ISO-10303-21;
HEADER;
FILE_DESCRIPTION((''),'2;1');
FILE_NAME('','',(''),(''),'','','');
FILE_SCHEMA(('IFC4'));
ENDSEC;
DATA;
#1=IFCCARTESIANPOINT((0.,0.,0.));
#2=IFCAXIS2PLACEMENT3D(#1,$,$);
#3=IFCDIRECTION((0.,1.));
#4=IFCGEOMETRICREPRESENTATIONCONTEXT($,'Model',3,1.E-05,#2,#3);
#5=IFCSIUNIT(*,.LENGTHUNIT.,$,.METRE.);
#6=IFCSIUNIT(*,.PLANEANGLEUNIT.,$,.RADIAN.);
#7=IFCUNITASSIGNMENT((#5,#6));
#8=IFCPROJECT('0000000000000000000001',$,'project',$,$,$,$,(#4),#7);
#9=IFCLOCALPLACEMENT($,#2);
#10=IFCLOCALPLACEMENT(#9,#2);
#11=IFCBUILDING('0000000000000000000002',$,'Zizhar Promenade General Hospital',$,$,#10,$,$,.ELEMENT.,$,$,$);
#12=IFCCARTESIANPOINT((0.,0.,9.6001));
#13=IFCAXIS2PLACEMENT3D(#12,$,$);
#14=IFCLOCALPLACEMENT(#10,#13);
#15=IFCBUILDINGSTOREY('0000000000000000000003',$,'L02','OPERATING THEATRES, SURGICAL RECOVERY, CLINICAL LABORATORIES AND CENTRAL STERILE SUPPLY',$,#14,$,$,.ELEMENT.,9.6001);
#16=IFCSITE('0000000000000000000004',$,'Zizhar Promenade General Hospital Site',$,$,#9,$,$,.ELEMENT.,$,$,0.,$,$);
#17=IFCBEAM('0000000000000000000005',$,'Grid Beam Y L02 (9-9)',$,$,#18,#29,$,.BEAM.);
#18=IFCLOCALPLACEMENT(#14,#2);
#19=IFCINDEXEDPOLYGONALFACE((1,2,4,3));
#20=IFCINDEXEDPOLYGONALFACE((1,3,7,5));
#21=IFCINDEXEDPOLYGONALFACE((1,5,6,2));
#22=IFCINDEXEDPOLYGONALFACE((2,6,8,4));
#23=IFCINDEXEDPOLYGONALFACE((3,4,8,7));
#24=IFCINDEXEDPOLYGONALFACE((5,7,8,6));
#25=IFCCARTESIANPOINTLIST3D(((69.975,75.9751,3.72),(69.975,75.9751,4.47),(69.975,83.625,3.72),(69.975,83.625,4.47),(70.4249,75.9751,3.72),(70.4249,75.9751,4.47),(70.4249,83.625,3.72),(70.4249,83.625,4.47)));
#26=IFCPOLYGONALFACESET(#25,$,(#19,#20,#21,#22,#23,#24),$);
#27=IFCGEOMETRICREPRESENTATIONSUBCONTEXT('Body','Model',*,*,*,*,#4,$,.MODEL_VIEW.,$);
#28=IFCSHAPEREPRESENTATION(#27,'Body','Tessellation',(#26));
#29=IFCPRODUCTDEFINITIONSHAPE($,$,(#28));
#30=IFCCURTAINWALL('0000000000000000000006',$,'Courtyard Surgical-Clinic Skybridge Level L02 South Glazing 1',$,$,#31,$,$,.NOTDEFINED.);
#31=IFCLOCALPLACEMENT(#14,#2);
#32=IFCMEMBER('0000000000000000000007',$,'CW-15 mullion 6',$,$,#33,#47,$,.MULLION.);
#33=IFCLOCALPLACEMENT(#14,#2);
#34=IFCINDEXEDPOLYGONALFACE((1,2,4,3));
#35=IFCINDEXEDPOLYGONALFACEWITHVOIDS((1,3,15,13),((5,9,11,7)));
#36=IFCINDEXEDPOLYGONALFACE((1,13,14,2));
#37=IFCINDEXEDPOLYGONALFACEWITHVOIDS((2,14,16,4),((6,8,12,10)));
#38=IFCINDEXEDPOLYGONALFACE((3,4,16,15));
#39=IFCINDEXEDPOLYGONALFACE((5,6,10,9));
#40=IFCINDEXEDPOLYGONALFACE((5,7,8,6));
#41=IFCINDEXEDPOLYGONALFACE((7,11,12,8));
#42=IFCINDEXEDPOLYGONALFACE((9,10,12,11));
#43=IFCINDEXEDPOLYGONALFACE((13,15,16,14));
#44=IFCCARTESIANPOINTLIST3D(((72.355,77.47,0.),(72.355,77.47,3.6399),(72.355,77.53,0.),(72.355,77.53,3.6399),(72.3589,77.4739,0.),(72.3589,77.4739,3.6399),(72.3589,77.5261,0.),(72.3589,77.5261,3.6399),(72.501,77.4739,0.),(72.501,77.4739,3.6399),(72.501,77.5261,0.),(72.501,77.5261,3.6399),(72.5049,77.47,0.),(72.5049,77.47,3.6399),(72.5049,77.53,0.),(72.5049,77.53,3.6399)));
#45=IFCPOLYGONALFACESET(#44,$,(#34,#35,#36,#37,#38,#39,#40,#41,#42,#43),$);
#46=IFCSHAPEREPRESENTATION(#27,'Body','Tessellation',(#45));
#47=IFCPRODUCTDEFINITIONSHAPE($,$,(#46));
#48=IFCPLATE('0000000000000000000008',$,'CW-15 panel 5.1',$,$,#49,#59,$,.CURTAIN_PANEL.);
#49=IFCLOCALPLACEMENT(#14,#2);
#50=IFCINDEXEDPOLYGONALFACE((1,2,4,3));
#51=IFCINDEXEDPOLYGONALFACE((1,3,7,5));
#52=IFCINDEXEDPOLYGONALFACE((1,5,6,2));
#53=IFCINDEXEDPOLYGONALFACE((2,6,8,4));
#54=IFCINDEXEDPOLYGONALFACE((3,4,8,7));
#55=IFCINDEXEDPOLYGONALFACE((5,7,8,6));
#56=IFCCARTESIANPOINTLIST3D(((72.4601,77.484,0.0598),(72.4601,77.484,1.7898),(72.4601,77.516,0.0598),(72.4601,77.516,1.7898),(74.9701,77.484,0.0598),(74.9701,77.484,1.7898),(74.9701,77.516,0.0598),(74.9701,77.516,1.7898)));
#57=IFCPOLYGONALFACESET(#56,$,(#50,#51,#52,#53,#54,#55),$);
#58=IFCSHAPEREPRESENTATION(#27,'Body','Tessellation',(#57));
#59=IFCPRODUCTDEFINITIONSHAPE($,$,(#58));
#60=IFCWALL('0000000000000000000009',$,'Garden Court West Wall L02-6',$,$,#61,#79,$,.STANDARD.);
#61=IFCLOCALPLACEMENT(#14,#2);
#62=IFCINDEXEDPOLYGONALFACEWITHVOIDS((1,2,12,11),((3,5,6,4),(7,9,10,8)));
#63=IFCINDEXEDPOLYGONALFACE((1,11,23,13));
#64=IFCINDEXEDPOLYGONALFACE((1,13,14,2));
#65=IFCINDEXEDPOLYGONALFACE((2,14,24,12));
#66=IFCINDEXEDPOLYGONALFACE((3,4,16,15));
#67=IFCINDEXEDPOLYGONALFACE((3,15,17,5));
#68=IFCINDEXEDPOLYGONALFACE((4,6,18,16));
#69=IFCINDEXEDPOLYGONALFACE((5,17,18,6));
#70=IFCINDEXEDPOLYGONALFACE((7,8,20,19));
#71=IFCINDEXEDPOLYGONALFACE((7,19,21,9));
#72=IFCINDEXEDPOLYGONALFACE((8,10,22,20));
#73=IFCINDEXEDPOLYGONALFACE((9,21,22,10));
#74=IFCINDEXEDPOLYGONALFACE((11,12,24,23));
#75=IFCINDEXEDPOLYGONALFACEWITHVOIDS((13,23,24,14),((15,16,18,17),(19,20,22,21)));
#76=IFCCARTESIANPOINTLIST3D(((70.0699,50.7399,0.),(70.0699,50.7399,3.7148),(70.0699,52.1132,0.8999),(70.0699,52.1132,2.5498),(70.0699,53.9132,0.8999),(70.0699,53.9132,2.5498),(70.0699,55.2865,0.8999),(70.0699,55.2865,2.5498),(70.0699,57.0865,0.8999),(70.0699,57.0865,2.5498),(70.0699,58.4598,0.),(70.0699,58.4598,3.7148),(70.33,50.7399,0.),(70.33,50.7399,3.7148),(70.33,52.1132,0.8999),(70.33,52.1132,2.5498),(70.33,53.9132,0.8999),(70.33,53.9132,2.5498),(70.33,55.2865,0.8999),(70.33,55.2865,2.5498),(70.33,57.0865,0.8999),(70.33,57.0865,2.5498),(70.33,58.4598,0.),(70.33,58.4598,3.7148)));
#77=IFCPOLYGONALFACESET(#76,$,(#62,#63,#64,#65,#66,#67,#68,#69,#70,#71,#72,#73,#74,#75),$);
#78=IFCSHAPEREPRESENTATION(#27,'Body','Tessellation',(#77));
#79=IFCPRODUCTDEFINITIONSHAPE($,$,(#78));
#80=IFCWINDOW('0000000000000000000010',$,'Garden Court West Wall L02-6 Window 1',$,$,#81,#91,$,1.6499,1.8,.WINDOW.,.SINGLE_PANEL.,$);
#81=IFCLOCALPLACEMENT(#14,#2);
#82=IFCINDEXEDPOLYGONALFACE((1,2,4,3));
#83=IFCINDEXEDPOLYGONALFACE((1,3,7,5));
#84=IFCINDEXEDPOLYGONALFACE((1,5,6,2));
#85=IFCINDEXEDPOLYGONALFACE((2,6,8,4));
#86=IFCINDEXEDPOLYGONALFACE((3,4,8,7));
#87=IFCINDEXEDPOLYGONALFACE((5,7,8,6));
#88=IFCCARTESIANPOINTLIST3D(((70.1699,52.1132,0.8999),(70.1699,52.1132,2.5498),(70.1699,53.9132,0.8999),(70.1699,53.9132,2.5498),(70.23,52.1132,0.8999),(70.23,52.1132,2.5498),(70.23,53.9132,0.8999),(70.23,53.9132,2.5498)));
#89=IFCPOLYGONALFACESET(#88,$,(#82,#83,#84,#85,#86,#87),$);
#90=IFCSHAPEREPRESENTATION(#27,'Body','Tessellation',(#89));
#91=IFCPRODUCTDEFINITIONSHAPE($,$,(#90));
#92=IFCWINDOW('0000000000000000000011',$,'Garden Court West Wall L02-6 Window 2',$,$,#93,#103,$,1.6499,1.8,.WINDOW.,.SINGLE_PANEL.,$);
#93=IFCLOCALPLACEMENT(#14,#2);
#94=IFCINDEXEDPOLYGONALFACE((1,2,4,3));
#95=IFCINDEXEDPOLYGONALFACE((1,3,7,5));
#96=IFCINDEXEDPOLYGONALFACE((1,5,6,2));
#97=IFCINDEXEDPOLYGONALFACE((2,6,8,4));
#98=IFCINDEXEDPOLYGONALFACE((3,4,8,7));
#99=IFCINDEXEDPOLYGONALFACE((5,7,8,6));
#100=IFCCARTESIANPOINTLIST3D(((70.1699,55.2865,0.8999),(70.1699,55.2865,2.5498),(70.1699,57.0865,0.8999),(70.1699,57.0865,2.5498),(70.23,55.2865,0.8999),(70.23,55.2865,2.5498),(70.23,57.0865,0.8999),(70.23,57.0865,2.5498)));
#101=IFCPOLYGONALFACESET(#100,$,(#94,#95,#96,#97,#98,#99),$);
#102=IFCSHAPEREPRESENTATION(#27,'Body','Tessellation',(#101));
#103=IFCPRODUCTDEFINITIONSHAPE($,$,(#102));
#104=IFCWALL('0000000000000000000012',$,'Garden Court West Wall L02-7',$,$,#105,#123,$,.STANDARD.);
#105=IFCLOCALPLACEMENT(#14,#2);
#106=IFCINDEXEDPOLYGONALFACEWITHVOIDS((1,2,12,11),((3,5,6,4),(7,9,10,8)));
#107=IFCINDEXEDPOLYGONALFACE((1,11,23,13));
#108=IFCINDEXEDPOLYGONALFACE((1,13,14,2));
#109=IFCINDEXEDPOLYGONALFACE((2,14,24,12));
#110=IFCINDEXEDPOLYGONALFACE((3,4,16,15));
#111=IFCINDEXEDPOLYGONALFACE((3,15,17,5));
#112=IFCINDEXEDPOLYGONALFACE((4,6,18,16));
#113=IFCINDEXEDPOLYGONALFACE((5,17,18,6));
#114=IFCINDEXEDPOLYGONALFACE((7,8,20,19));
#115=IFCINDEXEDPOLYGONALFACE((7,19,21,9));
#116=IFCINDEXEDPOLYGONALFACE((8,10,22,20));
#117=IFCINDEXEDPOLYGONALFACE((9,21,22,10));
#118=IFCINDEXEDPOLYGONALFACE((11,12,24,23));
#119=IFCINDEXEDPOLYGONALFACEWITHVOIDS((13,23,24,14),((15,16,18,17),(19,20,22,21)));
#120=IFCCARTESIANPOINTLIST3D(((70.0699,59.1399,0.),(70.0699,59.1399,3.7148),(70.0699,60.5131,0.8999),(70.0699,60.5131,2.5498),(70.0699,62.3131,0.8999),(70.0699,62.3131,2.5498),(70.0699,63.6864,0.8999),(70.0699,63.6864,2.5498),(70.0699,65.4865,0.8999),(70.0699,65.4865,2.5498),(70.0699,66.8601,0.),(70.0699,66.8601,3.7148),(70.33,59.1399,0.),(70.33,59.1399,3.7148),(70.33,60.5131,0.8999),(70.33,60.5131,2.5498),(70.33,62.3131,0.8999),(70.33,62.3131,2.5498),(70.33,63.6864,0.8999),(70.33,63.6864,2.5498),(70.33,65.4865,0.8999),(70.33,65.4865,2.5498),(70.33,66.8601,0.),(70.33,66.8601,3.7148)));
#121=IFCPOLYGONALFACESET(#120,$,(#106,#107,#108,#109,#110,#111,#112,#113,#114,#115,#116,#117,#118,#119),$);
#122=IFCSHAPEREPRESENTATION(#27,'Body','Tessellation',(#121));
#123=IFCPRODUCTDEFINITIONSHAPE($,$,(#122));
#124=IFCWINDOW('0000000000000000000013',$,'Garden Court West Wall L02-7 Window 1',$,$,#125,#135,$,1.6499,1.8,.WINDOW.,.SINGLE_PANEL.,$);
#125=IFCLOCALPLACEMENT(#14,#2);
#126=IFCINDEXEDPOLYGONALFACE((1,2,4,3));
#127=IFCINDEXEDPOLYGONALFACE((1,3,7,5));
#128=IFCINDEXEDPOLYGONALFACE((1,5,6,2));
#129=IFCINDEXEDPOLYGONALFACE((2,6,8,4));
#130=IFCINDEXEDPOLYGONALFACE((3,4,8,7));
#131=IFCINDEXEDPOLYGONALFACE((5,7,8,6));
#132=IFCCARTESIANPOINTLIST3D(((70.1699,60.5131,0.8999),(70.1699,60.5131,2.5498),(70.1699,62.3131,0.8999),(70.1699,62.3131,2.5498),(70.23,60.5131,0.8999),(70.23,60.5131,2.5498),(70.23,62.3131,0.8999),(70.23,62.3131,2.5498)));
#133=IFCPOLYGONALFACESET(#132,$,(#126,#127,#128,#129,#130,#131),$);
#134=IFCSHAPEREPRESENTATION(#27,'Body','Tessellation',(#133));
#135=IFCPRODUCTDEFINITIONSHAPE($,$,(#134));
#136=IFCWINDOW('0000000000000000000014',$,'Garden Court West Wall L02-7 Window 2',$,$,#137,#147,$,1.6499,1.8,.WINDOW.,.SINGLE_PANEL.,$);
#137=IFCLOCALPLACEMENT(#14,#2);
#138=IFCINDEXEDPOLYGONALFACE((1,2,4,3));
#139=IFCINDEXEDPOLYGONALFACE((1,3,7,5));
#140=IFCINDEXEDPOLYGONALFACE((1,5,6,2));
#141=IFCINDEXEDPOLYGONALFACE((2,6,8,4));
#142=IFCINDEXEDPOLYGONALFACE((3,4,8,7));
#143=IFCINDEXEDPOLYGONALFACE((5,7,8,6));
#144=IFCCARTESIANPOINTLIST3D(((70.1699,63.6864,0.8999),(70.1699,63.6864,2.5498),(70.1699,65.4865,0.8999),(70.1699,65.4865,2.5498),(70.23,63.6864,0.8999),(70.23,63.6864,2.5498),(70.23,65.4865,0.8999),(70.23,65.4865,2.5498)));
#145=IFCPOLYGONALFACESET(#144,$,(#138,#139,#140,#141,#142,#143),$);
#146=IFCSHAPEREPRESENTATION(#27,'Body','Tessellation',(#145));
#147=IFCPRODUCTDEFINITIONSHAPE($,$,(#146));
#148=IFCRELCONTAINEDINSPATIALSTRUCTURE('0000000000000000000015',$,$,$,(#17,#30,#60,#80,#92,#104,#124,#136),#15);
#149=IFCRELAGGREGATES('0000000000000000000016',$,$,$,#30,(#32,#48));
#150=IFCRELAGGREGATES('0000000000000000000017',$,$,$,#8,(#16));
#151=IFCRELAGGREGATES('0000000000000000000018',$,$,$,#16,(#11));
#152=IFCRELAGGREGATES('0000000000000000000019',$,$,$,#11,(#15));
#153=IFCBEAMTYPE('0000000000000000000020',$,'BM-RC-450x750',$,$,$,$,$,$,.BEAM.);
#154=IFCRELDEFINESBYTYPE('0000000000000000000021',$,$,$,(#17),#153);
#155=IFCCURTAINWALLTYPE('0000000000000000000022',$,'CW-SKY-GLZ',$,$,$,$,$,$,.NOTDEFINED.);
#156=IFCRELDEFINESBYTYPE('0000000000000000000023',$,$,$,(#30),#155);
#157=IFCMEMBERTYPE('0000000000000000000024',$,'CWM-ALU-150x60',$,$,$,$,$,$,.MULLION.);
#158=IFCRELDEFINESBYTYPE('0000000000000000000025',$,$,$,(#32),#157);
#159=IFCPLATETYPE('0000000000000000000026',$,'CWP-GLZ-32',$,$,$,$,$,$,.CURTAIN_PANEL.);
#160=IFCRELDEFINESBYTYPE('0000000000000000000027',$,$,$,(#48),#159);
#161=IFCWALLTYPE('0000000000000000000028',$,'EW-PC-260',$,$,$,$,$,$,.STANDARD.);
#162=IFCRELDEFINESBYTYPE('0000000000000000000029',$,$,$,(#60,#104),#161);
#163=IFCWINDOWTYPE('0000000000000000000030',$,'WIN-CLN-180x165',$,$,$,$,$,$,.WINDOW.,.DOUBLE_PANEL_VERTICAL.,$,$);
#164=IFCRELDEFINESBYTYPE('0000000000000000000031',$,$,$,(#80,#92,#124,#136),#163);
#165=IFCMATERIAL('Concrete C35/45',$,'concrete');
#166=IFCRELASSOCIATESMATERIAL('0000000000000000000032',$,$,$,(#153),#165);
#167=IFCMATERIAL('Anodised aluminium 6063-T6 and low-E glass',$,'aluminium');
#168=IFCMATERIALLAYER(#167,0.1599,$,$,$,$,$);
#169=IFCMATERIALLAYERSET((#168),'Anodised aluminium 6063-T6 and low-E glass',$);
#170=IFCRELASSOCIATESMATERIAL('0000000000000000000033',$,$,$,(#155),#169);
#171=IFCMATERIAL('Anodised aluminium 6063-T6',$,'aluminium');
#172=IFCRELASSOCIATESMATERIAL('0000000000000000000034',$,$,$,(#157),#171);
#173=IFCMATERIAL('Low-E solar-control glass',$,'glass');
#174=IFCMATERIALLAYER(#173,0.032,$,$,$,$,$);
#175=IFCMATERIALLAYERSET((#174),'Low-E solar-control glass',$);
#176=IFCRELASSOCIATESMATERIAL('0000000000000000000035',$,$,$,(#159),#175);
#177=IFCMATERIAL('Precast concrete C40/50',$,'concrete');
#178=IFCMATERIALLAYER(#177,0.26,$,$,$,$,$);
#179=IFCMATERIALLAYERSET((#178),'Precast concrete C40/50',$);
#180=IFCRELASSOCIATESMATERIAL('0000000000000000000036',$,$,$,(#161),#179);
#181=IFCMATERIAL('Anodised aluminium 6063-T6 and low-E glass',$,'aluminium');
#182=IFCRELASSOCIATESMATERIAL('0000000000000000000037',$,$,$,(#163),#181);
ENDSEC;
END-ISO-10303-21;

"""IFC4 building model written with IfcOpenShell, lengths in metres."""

from ifc_helpers import new_model, si_unit, direction, frame, frame_2d, origin, origin_2d, place, context, subcontext, project, spatial, rectangle, hollow_rectangle, extrude, material, layer, layer_set, material_profile, profile_set, type_object, element, fill, aggregate, save


model = new_model("IFC4")

# Units and contexts
model_context = context("Model", 3, precision=1e-05, world=origin(), true_north=direction((0.0, 1.0)))
body_context = subcontext(model_context, "Body", "Model", "MODEL_VIEW")
ifc_project = project(units=[si_unit("LENGTHUNIT", "METRE"), si_unit("PLANEANGLEUNIT", "RADIAN")], contexts=[model_context])

# Site, building, storey
site_placement = place(None, origin())
site = spatial("IfcSite", under=ifc_project, at=site_placement, Name="Zizhar Promenade General Hospital Site", CompositionType="ELEMENT", RefElevation=0.0)
building_placement = place(site_placement, origin())
building = spatial("IfcBuilding", under=site, at=building_placement, Name="Zizhar Promenade General Hospital", CompositionType="ELEMENT")
storey_placement = place(building_placement, frame((0.0, 0.0, 9.6001)))
storey = spatial("IfcBuildingStorey", under=building, at=storey_placement, Name="L02", Description="OPERATING THEATRES, SURGICAL RECOVERY, CLINICAL LABORATORIES AND CENTRAL STERILE SUPPLY", CompositionType="ELEMENT", Elevation=9.6001)

# Beam
ifc_material_1 = material(Name="Concrete C35/45", Category="concrete")
ifc_material_profile_1 = material_profile(ifc_material_1, rectangle(XDim=0.45, YDim=0.75, at=origin_2d()))
ifc_profile_set_1 = profile_set([ifc_material_profile_1], Name="Concrete C35/45")
beam_type_1 = type_object("IfcBeamType", Name="BM-RC-450x750", PredefinedType="BEAM", material=ifc_profile_set_1)
beam_1_placement = place(storey_placement, frame((70.2, 75.9751, 4.095), z_axis=(0.0, 1.0, 0.0), x_axis=(-1.0, 0.0, 0.0)))
element("IfcBeam", 1, at=beam_1_placement, inside=storey, type_object=beam_type_1, Name="Grid Beam Y L02 (9-9)", PredefinedType="BEAM", context=body_context, shape_type="SweptSolid", body=[
    extrude(rectangle(XDim=0.45, YDim=0.75, at=origin_2d()), origin(), (0.0, 0.0, 1.0), 7.6499),
])

# Curtain wall, member, plate
ifc_material_2 = material(Name="Anodised aluminium 6063-T6 and low-E glass", Category="aluminium")
ifc_layer_1 = layer(ifc_material_2, 0.1599)
ifc_layer_set_1 = layer_set([ifc_layer_1], Name="Anodised aluminium 6063-T6 and low-E glass")
curtain_wall_type = type_object("IfcCurtainWallType", Name="CW-SKY-GLZ", PredefinedType="NOTDEFINED", material=ifc_layer_set_1)
curtain_wall_placement = place(storey_placement, origin())
curtain_wall = element("IfcCurtainWall", 2, at=curtain_wall_placement, inside=storey, type_object=curtain_wall_type, Name="Courtyard Surgical-Clinic Skybridge Level L02 South Glazing 1", PredefinedType="NOTDEFINED")
ifc_material_3 = material(Name="Anodised aluminium 6063-T6", Category="aluminium")
ifc_material_profile_2 = material_profile(ifc_material_3, hollow_rectangle(XDim=0.0601, YDim=0.1499, WallThickness=0.0039, at=origin_2d()))
ifc_profile_set_2 = profile_set([ifc_material_profile_2], Name="Anodised aluminium 6063-T6")
member_type = type_object("IfcMemberType", Name="CWM-ALU-150x60", PredefinedType="MULLION", material=ifc_profile_set_2)
member_placement = place(storey_placement, frame((72.4299, 77.5, 0.0), z_axis=(0.0, 0.0, 1.0), x_axis=(0.0, -1.0, 0.0)))
member = element("IfcMember", 3, at=member_placement, type_object=member_type, Name="CW-15 mullion 6", PredefinedType="MULLION", context=body_context, shape_type="SweptSolid", body=[
    extrude(hollow_rectangle(XDim=0.0601, YDim=0.1499, WallThickness=0.0039, at=origin_2d()), origin(), (0.0, 0.0, 1.0), 3.6399),
])
ifc_material_4 = material(Name="Low-E solar-control glass", Category="glass")
ifc_layer_2 = layer(ifc_material_4, 0.032)
ifc_layer_set_2 = layer_set([ifc_layer_2], Name="Low-E solar-control glass")
plate_type = type_object("IfcPlateType", Name="CWP-GLZ-32", PredefinedType="CURTAIN_PANEL", material=ifc_layer_set_2)
plate_placement = place(storey_placement, frame((73.7151, 77.5, 0.0598), z_axis=(0.0, 0.0, 1.0), x_axis=(-1.0, 0.0, 0.0)))
plate = element("IfcPlate", 4, at=plate_placement, type_object=plate_type, Name="CW-15 panel 5.1", PredefinedType="CURTAIN_PANEL", context=body_context, shape_type="SweptSolid", body=[
    extrude(rectangle(XDim=2.51, YDim=0.032, at=origin_2d()), origin(), (0.0, 0.0, 1.0), 1.73),
])
aggregate(curtain_wall, [member, plate])

# Walls, openings, windows
ifc_material_5 = material(Name="Precast concrete C40/50", Category="concrete")
ifc_layer_3 = layer(ifc_material_5, 0.26)
ifc_layer_set_3 = layer_set([ifc_layer_3], Name="Precast concrete C40/50")
wall_type = type_object("IfcWallType", Name="EW-PC-260", PredefinedType="STANDARD", material=ifc_layer_set_3)
wall_1_placement = place(storey_placement, frame((70.2, 50.74, 0.0), z_axis=(0.0, 0.0, 1.0), x_axis=(0.0, 1.0, 0.0)))
wall_1 = element("IfcWall", 5, at=wall_1_placement, inside=storey, type_object=wall_type, Name="Garden Court West Wall L02-6", PredefinedType="STANDARD", context=body_context, shape_type="SweptSolid", body=[
    extrude(rectangle(XDim=7.72, YDim=0.26, at=frame_2d((3.8599, 0.0))), origin(), (0.0, 0.0, 1.0), 3.7148),
])
opening_1_placement = place(wall_1_placement, frame((1.3733, 0.0, 0.8999)))
opening_1 = element("IfcOpeningElement", 6, at=opening_1_placement, cuts=wall_1, PredefinedType="OPENING", context=body_context, shape_type="SweptSolid", body=[
    extrude(rectangle(XDim=1.8, YDim=1.6499, at=frame_2d((0.8999, 0.825))), frame((0.0, 0.1401, 0.0), z_axis=(0.0, -1.0, 0.0), x_axis=(1.0, 0.0, 0.0)), (0.0, 0.0, 1.0), 0.28),
])
opening_2_placement = place(wall_1_placement, frame((4.5466, 0.0, 0.8999)))
opening_2 = element("IfcOpeningElement", 7, at=opening_2_placement, cuts=wall_1, PredefinedType="OPENING", context=body_context, shape_type="SweptSolid", body=[
    extrude(rectangle(XDim=1.8, YDim=1.6499, at=frame_2d((0.8999, 0.825))), frame((0.0, 0.1401, 0.0), z_axis=(0.0, -1.0, 0.0), x_axis=(1.0, 0.0, 0.0)), (0.0, 0.0, 1.0), 0.28),
])
ifc_material_6 = material(Name="Anodised aluminium 6063-T6 and low-E glass", Category="aluminium")
window_type = type_object("IfcWindowType", Name="WIN-CLN-180x165", PartitioningType="DOUBLE_PANEL_VERTICAL", PredefinedType="WINDOW", material=ifc_material_6)
window_1_placement = place(opening_1_placement, origin())
window_1 = element("IfcWindow", 8, at=window_1_placement, inside=storey, type_object=window_type, Name="Garden Court West Wall L02-6 Window 1", OverallHeight=1.6499, OverallWidth=1.8, PartitioningType="SINGLE_PANEL", PredefinedType="WINDOW", context=body_context, shape_type="SweptSolid", body=[
    extrude(rectangle(XDim=1.8, YDim=1.6499, at=frame_2d((0.8999, 0.825))), frame((0.0, 0.03, 0.0), z_axis=(0.0, -1.0, 0.0), x_axis=(1.0, 0.0, 0.0)), (0.0, 0.0, 1.0), 0.0601),
])
fill(opening_1, window_1)
window_2_placement = place(opening_2_placement, origin())
window_2 = element("IfcWindow", 9, at=window_2_placement, inside=storey, type_object=window_type, Name="Garden Court West Wall L02-6 Window 2", OverallHeight=1.6499, OverallWidth=1.8, PartitioningType="SINGLE_PANEL", PredefinedType="WINDOW", context=body_context, shape_type="SweptSolid", body=[
    extrude(rectangle(XDim=1.8, YDim=1.6499, at=frame_2d((0.8999, 0.825))), frame((0.0, 0.03, 0.0), z_axis=(0.0, -1.0, 0.0), x_axis=(1.0, 0.0, 0.0)), (0.0, 0.0, 1.0), 0.0601),
])
fill(opening_2, window_2)
wall_2_placement = place(storey_placement, frame((70.2, 59.1399, 0.0), z_axis=(0.0, 0.0, 1.0), x_axis=(0.0, 1.0, 0.0)))
wall_2 = element("IfcWall", 10, at=wall_2_placement, inside=storey, type_object=wall_type, Name="Garden Court West Wall L02-7", PredefinedType="STANDARD", context=body_context, shape_type="SweptSolid", body=[
    extrude(rectangle(XDim=7.7202, YDim=0.26, at=frame_2d((3.8601, 0.0))), origin(), (0.0, 0.0, 1.0), 3.7148),
])
opening_3_placement = place(wall_2_placement, frame((1.3733, 0.0, 0.8999)))
opening_3 = element("IfcOpeningElement", 11, at=opening_3_placement, cuts=wall_2, PredefinedType="OPENING", context=body_context, shape_type="SweptSolid", body=[
    extrude(rectangle(XDim=1.8, YDim=1.6499, at=frame_2d((0.8999, 0.825))), frame((0.0, 0.1401, 0.0), z_axis=(0.0, -1.0, 0.0), x_axis=(1.0, 0.0, 0.0)), (0.0, 0.0, 1.0), 0.28),
])
opening_4_placement = place(wall_2_placement, frame((4.5466, 0.0, 0.8999)))
opening_4 = element("IfcOpeningElement", 12, at=opening_4_placement, cuts=wall_2, PredefinedType="OPENING", context=body_context, shape_type="SweptSolid", body=[
    extrude(rectangle(XDim=1.8, YDim=1.6499, at=frame_2d((0.8999, 0.825))), frame((0.0, 0.1401, 0.0), z_axis=(0.0, -1.0, 0.0), x_axis=(1.0, 0.0, 0.0)), (0.0, 0.0, 1.0), 0.28),
])
window_3_placement = place(opening_3_placement, origin())
window_3 = element("IfcWindow", 13, at=window_3_placement, inside=storey, type_object=window_type, Name="Garden Court West Wall L02-7 Window 1", OverallHeight=1.6499, OverallWidth=1.8, PartitioningType="SINGLE_PANEL", PredefinedType="WINDOW", context=body_context, shape_type="SweptSolid", body=[
    extrude(rectangle(XDim=1.8, YDim=1.6499, at=frame_2d((0.8999, 0.825))), frame((0.0, 0.03, 0.0), z_axis=(0.0, -1.0, 0.0), x_axis=(1.0, 0.0, 0.0)), (0.0, 0.0, 1.0), 0.0601),
])
fill(opening_3, window_3)
window_4_placement = place(opening_4_placement, origin())
window_4 = element("IfcWindow", 14, at=window_4_placement, inside=storey, type_object=window_type, Name="Garden Court West Wall L02-7 Window 2", OverallHeight=1.6499, OverallWidth=1.8, PartitioningType="SINGLE_PANEL", PredefinedType="WINDOW", context=body_context, shape_type="SweptSolid", body=[
    extrude(rectangle(XDim=1.8, YDim=1.6499, at=frame_2d((0.8999, 0.825))), frame((0.0, 0.03, 0.0), z_axis=(0.0, -1.0, 0.0), x_axis=(1.0, 0.0, 0.0)), (0.0, 0.0, 1.0), 0.0601),
])
fill(opening_4, window_4)

save(model, "model.ifc")
